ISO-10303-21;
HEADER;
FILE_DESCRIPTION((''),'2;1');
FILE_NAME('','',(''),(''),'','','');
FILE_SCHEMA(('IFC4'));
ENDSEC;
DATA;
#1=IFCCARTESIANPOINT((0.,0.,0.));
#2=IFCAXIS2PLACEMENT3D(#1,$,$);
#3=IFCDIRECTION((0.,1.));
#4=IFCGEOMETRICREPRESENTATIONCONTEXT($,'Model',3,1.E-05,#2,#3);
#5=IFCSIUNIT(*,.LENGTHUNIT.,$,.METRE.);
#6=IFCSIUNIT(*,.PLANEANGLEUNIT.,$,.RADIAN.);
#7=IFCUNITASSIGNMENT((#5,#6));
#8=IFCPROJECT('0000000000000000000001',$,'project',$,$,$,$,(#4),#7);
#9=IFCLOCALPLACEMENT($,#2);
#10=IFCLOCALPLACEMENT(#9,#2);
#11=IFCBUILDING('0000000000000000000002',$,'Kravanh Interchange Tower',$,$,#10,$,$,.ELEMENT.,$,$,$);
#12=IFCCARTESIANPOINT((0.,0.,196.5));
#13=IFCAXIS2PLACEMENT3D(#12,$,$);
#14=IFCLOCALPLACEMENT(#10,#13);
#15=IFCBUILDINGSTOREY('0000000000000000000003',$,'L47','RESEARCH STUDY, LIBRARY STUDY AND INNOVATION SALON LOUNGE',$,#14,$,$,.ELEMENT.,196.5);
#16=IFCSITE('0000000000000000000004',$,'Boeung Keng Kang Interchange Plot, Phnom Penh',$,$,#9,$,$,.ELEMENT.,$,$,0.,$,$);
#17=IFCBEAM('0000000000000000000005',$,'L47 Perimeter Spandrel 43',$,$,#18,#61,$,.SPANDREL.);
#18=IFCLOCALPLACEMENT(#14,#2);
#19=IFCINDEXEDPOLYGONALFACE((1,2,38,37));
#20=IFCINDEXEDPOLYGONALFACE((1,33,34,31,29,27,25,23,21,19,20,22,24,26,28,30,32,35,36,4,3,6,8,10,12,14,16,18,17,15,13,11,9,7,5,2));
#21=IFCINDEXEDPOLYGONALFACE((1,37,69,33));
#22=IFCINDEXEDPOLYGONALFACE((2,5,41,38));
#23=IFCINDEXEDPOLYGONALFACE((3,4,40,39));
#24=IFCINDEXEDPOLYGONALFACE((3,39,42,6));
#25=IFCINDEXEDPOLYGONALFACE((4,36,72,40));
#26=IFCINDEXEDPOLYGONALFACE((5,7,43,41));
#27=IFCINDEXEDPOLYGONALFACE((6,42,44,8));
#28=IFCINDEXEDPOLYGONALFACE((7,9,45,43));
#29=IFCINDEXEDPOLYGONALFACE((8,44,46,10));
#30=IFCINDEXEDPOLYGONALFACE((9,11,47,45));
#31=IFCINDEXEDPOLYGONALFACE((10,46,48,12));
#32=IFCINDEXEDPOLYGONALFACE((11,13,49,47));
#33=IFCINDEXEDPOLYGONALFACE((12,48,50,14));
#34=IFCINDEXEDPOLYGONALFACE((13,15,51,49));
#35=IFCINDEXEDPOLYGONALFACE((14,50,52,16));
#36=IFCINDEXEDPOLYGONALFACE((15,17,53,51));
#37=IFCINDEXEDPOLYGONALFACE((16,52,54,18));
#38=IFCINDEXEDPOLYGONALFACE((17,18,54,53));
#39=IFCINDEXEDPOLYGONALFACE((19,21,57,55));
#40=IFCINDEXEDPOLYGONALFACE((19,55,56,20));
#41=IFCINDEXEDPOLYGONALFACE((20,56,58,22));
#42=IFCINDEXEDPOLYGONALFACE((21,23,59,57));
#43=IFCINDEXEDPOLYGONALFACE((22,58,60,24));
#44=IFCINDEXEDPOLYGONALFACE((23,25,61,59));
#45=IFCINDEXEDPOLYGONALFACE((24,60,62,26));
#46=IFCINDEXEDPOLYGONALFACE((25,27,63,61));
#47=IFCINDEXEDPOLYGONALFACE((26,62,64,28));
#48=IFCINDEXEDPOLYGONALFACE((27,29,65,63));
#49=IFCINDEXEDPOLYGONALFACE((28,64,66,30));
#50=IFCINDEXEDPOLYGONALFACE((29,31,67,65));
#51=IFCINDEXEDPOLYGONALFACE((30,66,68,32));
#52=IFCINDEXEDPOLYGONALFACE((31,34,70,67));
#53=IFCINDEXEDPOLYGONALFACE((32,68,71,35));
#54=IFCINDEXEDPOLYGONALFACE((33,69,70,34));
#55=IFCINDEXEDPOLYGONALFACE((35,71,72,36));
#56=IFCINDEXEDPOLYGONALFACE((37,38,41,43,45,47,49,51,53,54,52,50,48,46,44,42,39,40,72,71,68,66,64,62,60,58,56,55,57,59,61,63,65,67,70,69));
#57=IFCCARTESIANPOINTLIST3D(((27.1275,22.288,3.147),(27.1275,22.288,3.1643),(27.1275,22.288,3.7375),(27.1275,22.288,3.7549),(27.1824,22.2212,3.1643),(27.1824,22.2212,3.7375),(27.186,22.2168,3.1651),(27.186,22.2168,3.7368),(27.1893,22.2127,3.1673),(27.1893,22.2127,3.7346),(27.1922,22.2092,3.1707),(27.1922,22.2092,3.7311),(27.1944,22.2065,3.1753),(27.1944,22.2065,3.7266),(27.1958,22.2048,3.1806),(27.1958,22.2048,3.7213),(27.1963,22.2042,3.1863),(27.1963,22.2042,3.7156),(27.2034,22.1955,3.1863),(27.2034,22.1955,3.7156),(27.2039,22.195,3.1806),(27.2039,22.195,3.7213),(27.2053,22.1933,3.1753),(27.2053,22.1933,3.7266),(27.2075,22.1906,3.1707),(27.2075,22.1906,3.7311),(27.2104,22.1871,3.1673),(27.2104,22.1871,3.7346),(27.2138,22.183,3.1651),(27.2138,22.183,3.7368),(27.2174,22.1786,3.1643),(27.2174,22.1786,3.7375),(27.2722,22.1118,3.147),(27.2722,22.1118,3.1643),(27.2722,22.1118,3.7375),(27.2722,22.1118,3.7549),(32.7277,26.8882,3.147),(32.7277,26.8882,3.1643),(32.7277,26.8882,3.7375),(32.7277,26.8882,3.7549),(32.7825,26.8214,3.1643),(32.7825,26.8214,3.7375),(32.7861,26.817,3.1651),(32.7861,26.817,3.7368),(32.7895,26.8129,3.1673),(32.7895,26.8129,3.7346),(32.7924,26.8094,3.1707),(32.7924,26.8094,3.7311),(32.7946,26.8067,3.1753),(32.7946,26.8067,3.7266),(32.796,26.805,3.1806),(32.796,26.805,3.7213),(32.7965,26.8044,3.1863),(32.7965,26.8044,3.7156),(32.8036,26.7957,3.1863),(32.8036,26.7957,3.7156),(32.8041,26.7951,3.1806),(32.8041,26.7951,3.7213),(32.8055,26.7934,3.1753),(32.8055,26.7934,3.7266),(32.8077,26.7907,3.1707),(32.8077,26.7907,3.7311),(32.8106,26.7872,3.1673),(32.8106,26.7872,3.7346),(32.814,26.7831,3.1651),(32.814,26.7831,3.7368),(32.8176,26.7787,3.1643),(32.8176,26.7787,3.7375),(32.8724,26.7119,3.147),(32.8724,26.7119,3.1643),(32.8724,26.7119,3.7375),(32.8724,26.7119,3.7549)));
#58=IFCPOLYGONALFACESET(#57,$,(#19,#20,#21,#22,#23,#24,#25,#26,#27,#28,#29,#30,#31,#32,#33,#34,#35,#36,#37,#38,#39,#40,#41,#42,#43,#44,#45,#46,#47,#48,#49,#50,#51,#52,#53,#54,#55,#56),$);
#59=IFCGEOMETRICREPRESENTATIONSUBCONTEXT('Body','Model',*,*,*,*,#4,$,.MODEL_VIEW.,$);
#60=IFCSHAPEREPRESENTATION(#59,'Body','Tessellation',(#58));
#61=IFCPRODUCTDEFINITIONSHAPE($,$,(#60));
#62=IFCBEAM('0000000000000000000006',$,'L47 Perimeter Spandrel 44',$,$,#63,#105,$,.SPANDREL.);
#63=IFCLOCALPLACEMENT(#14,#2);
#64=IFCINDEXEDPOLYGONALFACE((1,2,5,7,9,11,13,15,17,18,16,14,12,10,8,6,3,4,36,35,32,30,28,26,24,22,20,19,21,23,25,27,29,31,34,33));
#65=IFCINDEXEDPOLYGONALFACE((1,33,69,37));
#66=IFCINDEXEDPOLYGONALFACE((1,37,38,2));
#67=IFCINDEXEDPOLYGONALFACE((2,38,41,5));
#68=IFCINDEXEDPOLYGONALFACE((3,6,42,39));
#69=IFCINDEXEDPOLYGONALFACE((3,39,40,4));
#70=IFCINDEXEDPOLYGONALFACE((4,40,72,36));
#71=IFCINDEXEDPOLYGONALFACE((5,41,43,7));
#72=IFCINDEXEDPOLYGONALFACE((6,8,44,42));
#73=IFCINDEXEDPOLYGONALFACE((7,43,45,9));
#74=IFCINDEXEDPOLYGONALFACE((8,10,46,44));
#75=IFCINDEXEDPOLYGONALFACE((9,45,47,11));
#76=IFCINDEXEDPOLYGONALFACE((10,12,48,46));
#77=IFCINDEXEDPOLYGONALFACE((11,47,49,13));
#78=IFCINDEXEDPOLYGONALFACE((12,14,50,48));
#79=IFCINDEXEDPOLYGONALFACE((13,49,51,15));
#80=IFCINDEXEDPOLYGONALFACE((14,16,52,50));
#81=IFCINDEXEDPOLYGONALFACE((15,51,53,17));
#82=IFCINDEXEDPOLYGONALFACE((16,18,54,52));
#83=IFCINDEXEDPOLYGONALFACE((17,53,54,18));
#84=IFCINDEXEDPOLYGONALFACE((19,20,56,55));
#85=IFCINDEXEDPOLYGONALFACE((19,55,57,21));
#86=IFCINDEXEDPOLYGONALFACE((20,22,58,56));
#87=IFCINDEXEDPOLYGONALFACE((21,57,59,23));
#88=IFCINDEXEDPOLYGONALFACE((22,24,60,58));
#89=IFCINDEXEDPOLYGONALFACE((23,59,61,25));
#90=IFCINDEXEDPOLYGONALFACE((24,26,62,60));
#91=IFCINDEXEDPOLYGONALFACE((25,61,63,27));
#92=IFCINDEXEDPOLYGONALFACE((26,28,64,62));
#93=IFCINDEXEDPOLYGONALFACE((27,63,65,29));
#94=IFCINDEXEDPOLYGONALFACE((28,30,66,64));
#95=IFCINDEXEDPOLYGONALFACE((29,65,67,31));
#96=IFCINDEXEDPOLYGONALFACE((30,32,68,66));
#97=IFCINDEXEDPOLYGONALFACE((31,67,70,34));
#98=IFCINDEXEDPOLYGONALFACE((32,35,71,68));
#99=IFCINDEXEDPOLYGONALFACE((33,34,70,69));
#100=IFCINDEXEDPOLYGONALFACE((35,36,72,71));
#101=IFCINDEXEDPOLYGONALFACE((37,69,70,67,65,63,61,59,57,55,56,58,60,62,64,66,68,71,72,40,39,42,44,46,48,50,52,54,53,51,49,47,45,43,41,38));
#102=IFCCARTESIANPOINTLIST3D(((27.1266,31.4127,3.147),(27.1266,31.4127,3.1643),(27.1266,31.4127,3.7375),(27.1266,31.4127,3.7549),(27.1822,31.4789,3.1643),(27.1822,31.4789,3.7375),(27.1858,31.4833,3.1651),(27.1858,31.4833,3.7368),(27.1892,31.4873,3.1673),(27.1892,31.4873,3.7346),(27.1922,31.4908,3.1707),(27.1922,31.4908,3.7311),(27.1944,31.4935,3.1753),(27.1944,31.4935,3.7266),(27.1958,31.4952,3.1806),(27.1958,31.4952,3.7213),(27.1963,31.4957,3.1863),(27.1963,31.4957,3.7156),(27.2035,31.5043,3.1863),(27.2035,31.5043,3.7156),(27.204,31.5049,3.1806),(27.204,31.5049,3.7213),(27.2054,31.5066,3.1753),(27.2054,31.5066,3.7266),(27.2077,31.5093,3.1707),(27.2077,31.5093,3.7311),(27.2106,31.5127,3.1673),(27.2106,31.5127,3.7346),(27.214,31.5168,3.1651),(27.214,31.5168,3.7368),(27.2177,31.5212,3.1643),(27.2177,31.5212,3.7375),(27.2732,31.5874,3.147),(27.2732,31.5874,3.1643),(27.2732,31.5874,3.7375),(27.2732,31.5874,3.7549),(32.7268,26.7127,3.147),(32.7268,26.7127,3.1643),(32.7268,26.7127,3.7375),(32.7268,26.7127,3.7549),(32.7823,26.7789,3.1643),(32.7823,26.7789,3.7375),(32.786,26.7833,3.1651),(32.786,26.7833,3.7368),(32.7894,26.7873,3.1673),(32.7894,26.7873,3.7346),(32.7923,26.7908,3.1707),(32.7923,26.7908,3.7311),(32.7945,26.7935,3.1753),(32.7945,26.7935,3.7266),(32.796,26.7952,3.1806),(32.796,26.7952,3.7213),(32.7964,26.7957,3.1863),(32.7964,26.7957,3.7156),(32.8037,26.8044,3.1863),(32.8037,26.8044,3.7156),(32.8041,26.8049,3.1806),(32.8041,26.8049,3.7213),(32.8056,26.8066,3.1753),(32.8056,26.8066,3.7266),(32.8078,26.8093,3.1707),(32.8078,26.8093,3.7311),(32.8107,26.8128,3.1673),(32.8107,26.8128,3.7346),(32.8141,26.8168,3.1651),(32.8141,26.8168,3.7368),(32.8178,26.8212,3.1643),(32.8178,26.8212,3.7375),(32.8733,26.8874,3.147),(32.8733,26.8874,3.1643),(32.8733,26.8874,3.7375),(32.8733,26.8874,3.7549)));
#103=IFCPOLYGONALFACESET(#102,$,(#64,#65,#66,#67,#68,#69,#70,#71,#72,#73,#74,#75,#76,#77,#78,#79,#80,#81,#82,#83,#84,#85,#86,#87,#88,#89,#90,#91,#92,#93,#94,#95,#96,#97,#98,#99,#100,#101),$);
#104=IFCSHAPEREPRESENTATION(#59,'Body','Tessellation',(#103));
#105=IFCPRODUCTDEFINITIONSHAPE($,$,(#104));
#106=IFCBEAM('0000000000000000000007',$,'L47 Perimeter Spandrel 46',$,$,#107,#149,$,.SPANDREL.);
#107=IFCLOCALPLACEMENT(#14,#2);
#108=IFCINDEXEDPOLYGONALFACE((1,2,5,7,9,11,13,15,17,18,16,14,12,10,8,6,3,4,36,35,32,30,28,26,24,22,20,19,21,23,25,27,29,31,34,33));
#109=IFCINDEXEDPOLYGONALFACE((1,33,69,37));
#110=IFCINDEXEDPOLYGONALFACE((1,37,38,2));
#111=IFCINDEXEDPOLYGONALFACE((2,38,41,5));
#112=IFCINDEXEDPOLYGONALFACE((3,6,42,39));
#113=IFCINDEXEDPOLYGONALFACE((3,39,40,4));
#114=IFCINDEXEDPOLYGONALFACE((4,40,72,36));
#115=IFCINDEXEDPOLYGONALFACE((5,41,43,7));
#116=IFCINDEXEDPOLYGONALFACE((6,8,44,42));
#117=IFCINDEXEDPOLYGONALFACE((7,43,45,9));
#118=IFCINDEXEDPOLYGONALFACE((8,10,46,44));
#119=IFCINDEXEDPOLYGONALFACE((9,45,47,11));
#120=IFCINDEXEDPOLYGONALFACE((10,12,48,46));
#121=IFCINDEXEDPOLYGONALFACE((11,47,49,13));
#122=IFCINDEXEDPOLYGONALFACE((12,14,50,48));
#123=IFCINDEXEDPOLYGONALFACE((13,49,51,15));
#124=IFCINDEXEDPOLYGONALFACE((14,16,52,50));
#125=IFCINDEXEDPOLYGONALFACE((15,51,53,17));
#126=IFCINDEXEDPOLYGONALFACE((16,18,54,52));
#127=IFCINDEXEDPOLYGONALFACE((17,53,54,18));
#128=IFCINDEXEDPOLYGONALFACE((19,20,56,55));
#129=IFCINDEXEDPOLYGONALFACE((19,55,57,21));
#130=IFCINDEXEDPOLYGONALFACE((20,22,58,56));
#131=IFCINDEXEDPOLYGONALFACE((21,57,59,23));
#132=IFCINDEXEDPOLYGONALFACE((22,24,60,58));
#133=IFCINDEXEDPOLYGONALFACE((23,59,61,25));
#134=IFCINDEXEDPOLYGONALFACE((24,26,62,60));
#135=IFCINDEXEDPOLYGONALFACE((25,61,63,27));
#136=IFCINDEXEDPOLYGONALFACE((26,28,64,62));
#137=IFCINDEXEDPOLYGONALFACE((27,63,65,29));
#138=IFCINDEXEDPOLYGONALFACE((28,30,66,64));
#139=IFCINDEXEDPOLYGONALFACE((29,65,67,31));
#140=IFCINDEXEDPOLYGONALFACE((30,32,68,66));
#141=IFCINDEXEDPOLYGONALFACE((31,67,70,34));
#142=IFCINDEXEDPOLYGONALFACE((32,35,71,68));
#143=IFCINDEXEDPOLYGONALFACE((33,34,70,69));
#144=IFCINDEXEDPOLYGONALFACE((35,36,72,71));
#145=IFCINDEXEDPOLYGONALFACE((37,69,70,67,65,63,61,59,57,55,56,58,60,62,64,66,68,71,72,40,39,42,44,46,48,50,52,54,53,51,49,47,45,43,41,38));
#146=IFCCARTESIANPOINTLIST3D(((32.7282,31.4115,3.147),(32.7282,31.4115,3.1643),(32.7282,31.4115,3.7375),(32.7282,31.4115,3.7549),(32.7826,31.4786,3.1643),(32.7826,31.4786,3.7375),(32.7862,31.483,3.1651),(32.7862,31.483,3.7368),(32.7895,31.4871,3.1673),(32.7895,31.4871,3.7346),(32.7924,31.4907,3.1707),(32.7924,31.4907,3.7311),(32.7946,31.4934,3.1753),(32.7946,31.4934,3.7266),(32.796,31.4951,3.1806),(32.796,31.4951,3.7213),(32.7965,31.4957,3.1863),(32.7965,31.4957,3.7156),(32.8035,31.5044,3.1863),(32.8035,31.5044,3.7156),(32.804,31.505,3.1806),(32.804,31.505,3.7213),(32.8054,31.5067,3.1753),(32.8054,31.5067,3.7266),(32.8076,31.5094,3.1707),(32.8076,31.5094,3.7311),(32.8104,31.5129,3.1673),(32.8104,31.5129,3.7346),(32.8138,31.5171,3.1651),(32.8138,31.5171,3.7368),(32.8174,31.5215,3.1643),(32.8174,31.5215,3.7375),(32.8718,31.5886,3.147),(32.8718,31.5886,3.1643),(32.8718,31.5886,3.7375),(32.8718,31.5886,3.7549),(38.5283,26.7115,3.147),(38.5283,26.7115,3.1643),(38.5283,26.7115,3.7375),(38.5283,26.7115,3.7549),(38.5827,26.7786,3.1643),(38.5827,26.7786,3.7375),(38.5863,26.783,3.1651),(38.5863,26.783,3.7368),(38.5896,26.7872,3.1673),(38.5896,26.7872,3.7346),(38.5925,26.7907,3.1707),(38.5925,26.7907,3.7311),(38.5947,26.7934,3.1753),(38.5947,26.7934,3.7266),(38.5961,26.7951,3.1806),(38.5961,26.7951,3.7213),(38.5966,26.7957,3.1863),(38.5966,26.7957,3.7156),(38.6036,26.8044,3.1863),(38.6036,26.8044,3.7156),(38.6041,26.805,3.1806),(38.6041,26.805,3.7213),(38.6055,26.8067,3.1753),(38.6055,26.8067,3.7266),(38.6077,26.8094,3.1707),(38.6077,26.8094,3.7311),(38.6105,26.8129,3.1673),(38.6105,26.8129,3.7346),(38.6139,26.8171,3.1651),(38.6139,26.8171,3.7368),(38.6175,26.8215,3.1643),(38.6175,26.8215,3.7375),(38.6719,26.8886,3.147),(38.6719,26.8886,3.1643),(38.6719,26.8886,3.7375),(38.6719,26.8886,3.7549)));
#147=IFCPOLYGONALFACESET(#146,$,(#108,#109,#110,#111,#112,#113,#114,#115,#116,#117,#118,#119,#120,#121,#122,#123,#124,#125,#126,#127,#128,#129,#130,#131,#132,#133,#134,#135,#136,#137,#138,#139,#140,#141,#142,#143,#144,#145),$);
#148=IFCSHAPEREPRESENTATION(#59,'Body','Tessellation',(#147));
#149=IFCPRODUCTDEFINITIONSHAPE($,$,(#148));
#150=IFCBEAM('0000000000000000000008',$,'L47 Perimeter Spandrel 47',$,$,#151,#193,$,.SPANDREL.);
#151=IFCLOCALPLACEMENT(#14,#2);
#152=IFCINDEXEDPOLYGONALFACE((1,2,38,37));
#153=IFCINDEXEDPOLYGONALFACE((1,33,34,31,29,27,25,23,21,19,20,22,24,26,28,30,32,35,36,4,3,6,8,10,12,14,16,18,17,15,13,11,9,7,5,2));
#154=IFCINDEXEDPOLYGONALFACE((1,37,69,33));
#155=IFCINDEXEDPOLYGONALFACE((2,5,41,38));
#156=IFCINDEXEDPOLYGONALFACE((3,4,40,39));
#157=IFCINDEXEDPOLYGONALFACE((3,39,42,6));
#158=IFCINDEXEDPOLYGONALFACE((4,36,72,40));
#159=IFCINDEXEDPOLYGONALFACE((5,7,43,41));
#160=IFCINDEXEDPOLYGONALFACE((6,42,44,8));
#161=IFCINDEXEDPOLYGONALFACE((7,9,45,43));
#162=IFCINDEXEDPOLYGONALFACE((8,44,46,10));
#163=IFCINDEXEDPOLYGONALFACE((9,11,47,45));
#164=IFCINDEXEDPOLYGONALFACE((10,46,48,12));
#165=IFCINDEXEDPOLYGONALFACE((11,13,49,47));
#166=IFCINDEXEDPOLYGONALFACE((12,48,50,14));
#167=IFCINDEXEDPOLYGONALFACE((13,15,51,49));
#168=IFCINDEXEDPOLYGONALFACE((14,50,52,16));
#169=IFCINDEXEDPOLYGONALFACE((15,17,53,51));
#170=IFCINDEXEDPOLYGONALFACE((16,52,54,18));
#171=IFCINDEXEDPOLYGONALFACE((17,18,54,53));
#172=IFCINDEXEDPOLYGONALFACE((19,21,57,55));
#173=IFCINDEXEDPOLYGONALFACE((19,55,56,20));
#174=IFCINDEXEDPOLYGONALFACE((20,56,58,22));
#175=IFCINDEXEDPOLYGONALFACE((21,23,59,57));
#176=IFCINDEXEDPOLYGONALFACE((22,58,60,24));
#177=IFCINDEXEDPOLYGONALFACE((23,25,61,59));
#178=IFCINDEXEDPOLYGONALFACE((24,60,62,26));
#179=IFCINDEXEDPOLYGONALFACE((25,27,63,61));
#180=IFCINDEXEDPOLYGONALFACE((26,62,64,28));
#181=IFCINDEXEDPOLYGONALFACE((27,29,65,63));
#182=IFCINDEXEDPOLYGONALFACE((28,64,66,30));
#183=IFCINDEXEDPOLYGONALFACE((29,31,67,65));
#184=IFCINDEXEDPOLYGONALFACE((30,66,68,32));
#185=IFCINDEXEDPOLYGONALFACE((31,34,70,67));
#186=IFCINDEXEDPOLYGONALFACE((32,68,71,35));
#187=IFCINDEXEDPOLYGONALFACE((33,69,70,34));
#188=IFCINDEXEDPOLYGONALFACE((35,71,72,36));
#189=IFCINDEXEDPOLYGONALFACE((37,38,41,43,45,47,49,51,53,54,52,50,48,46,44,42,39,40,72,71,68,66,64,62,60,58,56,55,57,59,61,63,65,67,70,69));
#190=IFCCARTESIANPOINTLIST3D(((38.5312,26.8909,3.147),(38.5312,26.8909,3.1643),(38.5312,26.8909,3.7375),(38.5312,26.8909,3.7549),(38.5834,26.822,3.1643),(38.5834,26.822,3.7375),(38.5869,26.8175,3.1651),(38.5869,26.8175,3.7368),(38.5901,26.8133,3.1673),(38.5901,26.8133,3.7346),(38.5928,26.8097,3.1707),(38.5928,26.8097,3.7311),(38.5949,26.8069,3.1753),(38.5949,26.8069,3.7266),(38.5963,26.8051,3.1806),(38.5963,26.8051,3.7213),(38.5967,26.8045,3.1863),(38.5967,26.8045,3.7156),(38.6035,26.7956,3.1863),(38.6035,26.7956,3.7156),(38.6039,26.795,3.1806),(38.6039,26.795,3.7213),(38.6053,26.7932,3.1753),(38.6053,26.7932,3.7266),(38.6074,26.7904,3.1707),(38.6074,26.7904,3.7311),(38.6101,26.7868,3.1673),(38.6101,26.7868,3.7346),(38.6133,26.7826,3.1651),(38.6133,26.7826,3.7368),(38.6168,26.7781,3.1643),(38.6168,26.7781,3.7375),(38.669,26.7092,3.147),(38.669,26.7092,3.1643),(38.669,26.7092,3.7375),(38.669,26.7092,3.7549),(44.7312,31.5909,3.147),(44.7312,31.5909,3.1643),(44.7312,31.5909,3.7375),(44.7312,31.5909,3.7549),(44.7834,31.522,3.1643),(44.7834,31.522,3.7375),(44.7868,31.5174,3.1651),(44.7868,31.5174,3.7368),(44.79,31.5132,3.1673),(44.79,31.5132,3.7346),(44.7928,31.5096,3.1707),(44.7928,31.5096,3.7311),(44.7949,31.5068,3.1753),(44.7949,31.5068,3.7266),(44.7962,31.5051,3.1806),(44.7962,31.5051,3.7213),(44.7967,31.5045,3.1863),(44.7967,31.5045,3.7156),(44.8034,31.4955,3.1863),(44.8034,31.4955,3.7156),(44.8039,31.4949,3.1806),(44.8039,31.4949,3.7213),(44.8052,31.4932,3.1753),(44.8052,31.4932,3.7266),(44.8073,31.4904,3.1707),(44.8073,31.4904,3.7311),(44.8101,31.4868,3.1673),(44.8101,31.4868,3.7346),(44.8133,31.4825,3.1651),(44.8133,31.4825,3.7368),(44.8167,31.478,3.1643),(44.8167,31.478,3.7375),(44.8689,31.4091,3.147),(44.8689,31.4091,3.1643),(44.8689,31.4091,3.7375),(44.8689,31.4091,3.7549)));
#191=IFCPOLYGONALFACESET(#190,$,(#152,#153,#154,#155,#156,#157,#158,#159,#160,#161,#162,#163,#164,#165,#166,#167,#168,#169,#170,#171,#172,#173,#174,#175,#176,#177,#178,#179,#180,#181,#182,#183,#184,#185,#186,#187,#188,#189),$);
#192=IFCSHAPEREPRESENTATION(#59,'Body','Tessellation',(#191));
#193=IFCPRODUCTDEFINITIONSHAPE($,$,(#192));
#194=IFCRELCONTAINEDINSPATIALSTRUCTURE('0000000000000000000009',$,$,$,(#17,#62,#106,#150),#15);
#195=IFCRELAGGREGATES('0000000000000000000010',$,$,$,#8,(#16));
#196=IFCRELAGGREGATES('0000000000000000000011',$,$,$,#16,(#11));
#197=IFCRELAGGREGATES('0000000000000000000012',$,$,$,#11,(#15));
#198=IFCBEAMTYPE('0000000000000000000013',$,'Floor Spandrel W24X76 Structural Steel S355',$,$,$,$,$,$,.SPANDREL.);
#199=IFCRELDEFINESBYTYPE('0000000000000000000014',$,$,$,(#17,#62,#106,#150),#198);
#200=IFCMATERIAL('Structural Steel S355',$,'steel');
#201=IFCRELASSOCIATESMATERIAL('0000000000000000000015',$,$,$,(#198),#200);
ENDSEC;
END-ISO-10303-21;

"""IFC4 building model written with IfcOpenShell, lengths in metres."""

from ifc_helpers import new_model, si_unit, direction, frame, origin, origin_2d, place, context, subcontext, project, spatial, i_section, extrude, material, material_profile, profile_set, type_object, element, save


model = new_model("IFC4")

# Units and contexts
model_context = context("Model", 3, precision=1e-05, world=origin(), true_north=direction((0.0, 1.0)))
body_context = subcontext(model_context, "Body", "Model", "MODEL_VIEW")
ifc_project = project(units=[si_unit("LENGTHUNIT", "METRE"), si_unit("PLANEANGLEUNIT", "RADIAN")], contexts=[model_context])

# Site, building, storey
site_placement = place(None, origin())
site = spatial("IfcSite", under=ifc_project, at=site_placement, Name="Boeung Keng Kang Interchange Plot, Phnom Penh", CompositionType="ELEMENT", RefElevation=0.0)
building_placement = place(site_placement, origin())
building = spatial("IfcBuilding", under=site, at=building_placement, Name="Kravanh Interchange Tower", CompositionType="ELEMENT")
storey_placement = place(building_placement, frame((0.0, 0.0, 196.5)))
storey = spatial("IfcBuildingStorey", under=building, at=storey_placement, Name="L47", Description="RESEARCH STUDY, LIBRARY STUDY AND INNOVATION SALON LOUNGE", CompositionType="ELEMENT", Elevation=196.5)

# Beams
ifc_material_1 = material(Name="Structural Steel S355", Category="steel")
ifc_material_profile_1 = material_profile(ifc_material_1, i_section(OverallWidth=0.228, OverallDepth=0.6079, WebThickness=0.0112, FlangeThickness=0.0173, FilletRadius=0.022, at=origin_2d()), Name="W24X76")
ifc_profile_set_1 = profile_set([ifc_material_profile_1], Name="Structural Steel S355")
beam_type_1 = type_object("IfcBeamType", Name="Floor Spandrel W24X76 Structural Steel S355", PredefinedType="SPANDREL", material=ifc_profile_set_1)
beam_1_placement = place(storey_placement, frame((32.8, 26.8, 3.4509), z_axis=(-0.772725, -0.634741, 0.0), x_axis=(0.634741, -0.772725, 0.0)))
element("IfcBeam", 1, at=beam_1_placement, inside=storey, type_object=beam_type_1, Name="L47 Perimeter Spandrel 43", PredefinedType="SPANDREL", context=body_context, shape_type="SweptSolid", body=[
    extrude(i_section(OverallWidth=0.228, OverallDepth=0.6079, WebThickness=0.0112, FlangeThickness=0.0173, FilletRadius=0.022, at=origin_2d()), origin(), (0.0, 0.0, 1.0), 7.2473),
])
beam_2_placement = place(storey_placement, frame((32.8, 26.8, 3.4509), z_axis=(-0.765983, 0.642861, 0.0), x_axis=(-0.642861, -0.765983, 0.0)))
element("IfcBeam", 2, at=beam_2_placement, inside=storey, type_object=beam_type_1, Name="L47 Perimeter Spandrel 44", PredefinedType="SPANDREL", context=body_context, shape_type="SweptSolid", body=[
    extrude(i_section(OverallWidth=0.228, OverallDepth=0.6079, WebThickness=0.0112, FlangeThickness=0.0173, FilletRadius=0.022, at=origin_2d()), origin(), (0.0, 0.0, 1.0), 7.311),
])
beam_3_placement = place(storey_placement, frame((38.6001, 26.8, 3.4509), z_axis=(-0.776939, 0.629576, 0.0), x_axis=(-0.629576, -0.776939, 0.0)))
element("IfcBeam", 3, at=beam_3_placement, inside=storey, type_object=beam_type_1, Name="L47 Perimeter Spandrel 46", PredefinedType="SPANDREL", context=body_context, shape_type="SweptSolid", body=[
    extrude(i_section(OverallWidth=0.228, OverallDepth=0.6079, WebThickness=0.0112, FlangeThickness=0.0173, FilletRadius=0.022, at=origin_2d()), origin(), (0.0, 0.0, 1.0), 7.4653),
])
beam_4_placement = place(storey_placement, frame((38.6001, 26.8, 3.4509), z_axis=(0.796905, 0.604104, 0.0), x_axis=(-0.604104, 0.796905, 0.0)))
element("IfcBeam", 4, at=beam_4_placement, inside=storey, type_object=beam_type_1, Name="L47 Perimeter Spandrel 47", PredefinedType="SPANDREL", context=body_context, shape_type="SweptSolid", body=[
    extrude(i_section(OverallWidth=0.228, OverallDepth=0.6079, WebThickness=0.0112, FlangeThickness=0.0173, FilletRadius=0.022, at=origin_2d()), origin(), (0.0, 0.0, 1.0), 7.78),
])

save(model, "model.ifc")
